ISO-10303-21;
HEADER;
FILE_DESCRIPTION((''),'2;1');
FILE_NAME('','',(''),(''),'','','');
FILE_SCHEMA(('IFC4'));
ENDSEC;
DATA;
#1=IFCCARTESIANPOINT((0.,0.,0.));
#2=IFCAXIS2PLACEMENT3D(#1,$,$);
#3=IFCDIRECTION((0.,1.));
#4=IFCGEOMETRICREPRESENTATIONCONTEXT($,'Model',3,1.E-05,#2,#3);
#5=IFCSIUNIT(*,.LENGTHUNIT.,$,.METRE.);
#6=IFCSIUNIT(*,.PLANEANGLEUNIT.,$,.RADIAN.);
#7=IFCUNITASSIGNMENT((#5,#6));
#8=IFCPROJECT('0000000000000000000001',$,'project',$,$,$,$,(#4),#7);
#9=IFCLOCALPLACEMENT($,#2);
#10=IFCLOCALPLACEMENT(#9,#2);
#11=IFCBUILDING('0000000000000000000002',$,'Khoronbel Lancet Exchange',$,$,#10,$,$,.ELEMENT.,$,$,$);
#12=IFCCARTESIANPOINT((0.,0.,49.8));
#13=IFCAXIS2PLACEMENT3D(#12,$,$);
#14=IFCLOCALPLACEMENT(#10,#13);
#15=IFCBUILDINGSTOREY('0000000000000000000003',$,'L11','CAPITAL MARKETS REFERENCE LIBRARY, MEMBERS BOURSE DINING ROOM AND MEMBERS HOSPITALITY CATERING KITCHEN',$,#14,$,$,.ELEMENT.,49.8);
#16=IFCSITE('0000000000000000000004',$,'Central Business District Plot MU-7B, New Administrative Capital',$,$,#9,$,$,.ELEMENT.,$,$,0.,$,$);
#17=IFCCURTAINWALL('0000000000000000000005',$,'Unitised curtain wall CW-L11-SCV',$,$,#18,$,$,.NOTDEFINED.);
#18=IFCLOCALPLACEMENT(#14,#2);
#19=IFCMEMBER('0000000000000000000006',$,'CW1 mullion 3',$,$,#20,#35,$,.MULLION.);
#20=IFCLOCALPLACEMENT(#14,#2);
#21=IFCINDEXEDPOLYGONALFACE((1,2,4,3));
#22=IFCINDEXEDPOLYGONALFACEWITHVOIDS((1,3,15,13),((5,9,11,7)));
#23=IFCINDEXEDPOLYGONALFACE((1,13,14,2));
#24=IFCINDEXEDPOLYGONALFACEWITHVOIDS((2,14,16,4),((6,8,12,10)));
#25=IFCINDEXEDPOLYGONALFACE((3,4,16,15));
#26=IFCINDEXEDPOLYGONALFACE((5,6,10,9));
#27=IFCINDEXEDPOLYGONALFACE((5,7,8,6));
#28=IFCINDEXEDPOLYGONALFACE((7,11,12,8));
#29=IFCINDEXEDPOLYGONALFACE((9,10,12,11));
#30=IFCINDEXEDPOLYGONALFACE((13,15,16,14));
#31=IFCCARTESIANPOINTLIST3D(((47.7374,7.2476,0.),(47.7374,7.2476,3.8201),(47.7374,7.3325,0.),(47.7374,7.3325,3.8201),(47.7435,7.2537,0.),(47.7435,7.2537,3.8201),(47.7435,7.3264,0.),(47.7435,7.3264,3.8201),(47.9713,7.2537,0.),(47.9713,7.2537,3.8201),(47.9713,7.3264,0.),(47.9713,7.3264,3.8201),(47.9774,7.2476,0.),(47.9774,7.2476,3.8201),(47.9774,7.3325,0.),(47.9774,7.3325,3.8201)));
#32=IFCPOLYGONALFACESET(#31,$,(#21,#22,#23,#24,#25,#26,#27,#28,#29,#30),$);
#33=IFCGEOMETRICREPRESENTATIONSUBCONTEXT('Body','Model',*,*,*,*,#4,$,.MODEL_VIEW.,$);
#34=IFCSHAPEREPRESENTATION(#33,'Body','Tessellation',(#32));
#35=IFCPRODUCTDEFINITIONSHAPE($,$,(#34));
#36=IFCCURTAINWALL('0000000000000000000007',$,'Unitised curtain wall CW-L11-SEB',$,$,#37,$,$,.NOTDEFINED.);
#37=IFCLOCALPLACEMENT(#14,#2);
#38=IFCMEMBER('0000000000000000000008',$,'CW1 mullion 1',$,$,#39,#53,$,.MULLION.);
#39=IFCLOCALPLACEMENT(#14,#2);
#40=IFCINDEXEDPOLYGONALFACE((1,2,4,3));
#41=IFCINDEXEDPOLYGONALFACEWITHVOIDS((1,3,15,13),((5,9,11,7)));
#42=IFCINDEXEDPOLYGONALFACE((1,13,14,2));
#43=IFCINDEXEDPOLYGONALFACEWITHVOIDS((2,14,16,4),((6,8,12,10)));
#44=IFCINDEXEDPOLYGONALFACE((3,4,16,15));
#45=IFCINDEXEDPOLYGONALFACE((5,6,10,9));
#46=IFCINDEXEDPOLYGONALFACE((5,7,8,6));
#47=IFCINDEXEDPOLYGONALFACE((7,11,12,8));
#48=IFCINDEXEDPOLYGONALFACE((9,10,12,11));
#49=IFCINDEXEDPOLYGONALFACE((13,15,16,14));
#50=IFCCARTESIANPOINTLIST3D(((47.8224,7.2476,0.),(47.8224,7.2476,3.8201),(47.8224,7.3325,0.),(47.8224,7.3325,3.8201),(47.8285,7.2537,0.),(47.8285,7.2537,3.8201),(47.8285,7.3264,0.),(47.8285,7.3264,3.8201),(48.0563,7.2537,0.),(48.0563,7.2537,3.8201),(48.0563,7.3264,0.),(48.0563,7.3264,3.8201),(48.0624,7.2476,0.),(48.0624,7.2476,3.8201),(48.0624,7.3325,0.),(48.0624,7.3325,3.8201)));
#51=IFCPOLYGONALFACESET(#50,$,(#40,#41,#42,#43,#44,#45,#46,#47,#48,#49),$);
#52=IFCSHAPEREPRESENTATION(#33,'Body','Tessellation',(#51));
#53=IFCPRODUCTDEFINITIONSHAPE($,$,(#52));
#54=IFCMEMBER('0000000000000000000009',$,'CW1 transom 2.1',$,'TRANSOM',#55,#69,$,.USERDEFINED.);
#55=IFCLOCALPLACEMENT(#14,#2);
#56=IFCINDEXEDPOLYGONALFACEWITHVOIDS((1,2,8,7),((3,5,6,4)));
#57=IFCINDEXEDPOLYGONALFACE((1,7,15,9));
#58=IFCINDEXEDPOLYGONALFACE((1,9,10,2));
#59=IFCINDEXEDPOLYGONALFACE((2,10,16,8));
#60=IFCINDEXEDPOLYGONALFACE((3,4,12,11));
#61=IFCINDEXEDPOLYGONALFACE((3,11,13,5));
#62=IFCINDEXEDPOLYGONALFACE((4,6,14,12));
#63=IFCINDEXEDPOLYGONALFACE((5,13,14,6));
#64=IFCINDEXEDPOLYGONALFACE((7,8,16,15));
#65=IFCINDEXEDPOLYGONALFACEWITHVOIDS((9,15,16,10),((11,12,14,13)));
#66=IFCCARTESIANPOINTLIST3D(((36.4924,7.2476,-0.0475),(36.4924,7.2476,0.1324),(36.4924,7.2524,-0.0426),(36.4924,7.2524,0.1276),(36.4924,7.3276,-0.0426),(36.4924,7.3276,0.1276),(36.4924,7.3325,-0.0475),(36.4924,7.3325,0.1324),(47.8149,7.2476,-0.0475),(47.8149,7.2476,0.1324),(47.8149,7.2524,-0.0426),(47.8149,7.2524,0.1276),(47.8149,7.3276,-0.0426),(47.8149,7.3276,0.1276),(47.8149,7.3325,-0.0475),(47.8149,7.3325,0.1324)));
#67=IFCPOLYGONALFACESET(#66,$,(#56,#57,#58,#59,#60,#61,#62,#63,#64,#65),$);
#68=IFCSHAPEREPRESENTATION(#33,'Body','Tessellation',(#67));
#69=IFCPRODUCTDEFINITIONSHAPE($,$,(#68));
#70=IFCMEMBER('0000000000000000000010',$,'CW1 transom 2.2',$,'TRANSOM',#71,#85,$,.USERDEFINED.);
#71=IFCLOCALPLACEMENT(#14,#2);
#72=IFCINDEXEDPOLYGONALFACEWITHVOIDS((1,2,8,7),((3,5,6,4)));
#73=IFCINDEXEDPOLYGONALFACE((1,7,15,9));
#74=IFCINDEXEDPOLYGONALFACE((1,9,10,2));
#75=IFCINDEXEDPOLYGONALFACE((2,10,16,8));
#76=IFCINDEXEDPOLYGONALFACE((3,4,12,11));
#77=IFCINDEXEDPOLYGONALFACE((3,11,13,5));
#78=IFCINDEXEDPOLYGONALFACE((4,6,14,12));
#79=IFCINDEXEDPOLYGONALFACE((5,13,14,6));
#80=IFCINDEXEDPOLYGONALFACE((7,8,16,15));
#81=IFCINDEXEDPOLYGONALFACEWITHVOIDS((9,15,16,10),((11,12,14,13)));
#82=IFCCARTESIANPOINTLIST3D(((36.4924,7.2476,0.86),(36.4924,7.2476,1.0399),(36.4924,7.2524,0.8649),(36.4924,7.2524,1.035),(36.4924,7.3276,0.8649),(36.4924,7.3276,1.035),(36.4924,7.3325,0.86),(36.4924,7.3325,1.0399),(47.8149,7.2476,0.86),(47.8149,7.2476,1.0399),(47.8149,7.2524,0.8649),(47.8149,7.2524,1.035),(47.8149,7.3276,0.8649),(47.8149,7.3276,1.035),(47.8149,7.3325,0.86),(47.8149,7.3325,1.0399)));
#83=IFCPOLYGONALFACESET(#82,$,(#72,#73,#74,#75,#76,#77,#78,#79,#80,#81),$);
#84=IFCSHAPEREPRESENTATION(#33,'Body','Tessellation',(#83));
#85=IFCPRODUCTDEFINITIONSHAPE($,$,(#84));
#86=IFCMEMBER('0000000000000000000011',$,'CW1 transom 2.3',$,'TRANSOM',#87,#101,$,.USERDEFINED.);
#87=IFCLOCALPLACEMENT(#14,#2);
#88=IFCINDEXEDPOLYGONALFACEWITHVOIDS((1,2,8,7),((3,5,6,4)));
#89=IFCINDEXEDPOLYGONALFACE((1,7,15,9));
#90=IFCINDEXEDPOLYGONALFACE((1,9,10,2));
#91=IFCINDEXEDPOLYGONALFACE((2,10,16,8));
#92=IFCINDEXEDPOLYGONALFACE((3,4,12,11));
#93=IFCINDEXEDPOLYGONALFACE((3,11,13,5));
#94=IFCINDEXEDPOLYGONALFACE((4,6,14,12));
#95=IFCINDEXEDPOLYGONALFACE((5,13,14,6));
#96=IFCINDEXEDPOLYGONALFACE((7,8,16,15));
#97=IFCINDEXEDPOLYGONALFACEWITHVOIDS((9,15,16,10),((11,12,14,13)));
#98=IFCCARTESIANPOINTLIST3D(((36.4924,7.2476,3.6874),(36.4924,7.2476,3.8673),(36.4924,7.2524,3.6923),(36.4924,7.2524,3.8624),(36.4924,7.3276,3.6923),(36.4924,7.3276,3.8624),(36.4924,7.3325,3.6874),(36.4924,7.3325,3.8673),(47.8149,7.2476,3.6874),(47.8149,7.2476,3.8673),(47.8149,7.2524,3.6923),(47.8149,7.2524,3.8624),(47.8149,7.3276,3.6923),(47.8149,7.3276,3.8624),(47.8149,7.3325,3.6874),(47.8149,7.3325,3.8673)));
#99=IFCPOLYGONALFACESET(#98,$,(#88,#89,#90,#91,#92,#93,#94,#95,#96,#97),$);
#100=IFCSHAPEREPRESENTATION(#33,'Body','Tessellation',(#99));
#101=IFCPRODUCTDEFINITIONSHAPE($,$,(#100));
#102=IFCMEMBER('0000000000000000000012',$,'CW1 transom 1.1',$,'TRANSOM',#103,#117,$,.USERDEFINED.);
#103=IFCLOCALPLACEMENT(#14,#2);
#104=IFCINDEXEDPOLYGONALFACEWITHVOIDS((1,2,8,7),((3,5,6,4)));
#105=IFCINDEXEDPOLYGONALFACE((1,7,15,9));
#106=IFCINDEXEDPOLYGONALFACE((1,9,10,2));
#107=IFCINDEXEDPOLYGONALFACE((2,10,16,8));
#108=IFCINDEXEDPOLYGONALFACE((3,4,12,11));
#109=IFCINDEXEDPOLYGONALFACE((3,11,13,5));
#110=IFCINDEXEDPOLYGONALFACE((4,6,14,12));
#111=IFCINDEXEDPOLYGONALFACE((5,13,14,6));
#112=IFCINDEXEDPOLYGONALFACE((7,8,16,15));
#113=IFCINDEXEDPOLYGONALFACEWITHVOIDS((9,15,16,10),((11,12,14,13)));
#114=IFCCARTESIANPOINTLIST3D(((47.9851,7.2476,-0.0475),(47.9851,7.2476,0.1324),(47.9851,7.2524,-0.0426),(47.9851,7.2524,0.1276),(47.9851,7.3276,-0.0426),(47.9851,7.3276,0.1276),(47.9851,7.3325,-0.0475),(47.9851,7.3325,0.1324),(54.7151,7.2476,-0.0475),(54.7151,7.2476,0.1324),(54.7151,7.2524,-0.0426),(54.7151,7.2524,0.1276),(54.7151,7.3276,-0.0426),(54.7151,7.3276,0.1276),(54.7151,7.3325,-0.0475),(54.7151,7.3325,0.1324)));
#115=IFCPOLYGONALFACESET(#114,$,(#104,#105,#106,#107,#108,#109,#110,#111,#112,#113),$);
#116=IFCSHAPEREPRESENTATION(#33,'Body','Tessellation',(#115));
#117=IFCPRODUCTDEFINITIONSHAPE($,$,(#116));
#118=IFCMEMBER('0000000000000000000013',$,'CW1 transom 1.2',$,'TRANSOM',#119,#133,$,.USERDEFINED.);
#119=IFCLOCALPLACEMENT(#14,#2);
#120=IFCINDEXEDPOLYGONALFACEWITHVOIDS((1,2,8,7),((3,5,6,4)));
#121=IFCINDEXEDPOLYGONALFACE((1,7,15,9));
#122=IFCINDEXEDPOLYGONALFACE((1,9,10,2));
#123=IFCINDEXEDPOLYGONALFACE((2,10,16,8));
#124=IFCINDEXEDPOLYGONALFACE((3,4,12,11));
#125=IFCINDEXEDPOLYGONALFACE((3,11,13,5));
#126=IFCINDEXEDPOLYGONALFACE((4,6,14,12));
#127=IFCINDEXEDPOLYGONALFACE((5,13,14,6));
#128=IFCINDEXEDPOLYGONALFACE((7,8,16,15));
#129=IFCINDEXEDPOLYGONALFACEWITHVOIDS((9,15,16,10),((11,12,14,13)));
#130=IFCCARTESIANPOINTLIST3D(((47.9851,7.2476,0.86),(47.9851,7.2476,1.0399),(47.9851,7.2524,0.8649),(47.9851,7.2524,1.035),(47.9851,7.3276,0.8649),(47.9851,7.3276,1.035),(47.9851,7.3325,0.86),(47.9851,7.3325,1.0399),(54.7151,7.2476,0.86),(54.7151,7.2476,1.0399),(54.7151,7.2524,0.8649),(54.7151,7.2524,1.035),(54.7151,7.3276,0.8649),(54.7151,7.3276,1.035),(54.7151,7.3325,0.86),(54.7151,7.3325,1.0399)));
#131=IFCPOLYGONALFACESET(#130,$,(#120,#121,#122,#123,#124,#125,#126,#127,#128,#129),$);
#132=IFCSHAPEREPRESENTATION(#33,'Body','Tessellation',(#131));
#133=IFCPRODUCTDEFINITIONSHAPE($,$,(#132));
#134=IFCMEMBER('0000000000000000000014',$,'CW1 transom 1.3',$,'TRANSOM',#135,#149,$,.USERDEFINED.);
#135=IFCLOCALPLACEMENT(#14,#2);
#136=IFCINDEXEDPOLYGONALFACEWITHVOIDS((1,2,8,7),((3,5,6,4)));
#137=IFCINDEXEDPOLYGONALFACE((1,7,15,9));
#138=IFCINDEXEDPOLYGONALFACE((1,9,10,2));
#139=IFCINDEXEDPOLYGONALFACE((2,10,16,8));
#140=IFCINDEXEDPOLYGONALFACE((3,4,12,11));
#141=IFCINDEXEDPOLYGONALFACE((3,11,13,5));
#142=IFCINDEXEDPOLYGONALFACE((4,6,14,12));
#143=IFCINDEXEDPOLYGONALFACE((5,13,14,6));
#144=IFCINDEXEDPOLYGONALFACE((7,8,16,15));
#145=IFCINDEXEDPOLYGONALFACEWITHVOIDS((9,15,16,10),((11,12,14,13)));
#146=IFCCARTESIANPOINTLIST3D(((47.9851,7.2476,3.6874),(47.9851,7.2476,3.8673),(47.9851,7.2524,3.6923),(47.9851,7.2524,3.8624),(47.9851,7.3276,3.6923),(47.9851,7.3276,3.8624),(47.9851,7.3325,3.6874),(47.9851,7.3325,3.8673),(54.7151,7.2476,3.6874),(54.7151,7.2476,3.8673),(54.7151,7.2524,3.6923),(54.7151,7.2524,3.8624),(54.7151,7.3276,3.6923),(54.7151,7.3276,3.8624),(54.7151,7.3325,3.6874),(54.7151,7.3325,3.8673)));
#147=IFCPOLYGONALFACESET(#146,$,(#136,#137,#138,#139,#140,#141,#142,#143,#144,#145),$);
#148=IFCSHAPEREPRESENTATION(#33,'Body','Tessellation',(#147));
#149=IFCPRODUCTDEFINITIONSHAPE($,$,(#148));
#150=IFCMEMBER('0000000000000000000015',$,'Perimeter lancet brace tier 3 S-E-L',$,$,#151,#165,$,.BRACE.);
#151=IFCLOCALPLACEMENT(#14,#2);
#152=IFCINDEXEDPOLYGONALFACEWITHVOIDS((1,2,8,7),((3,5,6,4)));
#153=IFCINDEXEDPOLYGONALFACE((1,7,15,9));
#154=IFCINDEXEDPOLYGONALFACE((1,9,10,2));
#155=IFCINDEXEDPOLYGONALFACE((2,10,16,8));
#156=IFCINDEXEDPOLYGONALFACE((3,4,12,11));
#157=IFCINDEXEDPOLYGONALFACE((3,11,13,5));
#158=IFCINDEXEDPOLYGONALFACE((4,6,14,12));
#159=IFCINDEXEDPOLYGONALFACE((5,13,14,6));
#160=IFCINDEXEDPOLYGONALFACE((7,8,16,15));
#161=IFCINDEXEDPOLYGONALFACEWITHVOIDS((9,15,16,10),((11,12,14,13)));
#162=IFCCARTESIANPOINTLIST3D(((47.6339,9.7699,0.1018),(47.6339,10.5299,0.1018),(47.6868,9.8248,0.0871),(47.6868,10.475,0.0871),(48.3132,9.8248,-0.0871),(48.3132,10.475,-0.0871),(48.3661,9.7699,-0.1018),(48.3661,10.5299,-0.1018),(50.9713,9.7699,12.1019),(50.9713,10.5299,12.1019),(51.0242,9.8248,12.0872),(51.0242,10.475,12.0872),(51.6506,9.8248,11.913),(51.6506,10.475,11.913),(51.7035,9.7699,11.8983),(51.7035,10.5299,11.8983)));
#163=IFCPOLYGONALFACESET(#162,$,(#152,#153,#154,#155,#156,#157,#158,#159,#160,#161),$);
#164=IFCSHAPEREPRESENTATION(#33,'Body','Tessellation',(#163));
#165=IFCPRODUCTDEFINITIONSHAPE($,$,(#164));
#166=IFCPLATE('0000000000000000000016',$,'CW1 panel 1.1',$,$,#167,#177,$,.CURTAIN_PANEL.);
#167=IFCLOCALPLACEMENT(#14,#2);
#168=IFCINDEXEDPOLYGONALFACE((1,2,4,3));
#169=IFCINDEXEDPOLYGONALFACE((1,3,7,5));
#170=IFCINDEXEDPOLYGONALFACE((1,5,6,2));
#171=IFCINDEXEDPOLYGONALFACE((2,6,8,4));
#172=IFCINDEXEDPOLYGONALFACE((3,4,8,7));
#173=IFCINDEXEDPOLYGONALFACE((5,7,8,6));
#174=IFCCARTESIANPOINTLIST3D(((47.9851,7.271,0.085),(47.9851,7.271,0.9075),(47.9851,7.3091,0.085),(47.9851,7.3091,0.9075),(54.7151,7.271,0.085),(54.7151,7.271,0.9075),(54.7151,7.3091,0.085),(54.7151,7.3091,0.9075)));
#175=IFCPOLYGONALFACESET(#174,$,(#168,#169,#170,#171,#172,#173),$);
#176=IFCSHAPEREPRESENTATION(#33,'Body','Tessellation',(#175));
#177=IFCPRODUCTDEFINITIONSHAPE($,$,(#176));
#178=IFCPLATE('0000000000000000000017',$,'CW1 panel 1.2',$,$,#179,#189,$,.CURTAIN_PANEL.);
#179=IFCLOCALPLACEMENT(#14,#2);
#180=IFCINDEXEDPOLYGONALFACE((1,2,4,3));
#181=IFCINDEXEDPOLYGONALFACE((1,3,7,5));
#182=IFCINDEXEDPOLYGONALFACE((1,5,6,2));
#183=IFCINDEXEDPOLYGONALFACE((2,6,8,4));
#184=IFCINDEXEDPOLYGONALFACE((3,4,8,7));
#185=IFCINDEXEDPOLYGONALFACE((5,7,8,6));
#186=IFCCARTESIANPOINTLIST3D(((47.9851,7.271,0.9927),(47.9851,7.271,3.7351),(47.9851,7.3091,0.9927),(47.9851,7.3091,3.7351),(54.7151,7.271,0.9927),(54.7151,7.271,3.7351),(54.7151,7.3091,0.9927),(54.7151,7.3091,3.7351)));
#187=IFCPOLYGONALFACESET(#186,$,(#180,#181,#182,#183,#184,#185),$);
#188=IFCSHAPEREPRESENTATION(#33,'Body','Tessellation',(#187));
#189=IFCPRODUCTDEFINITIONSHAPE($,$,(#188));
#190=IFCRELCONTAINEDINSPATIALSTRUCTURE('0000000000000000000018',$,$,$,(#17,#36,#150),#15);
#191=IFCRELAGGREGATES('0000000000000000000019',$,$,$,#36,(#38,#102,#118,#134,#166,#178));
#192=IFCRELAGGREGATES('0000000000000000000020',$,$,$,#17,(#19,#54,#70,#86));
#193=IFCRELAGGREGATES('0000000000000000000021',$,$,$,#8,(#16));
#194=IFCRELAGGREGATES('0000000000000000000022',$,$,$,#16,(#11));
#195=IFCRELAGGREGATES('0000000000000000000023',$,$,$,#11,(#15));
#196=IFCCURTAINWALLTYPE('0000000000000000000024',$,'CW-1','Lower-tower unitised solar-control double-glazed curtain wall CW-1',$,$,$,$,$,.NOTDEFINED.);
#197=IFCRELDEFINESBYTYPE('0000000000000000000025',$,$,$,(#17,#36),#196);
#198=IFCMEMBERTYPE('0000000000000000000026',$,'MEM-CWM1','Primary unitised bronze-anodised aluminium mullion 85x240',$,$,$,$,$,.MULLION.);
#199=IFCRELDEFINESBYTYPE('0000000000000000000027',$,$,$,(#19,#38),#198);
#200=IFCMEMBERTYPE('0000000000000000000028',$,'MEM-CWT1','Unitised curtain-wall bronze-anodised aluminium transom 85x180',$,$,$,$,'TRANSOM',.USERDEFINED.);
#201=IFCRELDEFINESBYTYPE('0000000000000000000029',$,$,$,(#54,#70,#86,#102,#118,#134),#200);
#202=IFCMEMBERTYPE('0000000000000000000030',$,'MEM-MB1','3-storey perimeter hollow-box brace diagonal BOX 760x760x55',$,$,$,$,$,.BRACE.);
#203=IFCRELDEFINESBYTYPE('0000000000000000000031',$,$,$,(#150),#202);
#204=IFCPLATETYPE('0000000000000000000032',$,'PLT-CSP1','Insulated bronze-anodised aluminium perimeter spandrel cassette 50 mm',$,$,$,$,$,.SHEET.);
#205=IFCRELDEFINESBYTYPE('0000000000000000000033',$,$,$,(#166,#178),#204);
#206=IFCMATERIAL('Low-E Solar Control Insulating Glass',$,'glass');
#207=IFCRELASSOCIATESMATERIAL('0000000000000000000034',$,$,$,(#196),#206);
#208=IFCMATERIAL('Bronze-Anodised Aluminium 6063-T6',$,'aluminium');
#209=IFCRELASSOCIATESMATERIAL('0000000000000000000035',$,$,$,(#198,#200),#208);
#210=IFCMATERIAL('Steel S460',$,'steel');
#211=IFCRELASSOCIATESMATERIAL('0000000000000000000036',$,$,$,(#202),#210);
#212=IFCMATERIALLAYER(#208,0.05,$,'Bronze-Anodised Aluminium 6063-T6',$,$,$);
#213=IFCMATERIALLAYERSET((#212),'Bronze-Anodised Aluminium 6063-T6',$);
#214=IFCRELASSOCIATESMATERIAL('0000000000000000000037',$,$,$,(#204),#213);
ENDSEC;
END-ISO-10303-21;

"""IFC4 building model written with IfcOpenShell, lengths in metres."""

from ifc_helpers import new_model, si_unit, direction, frame, origin, origin_2d, place, context, subcontext, project, spatial, rectangle, hollow_rectangle, extrude, material, layer, layer_set, material_profile, profile_set, type_object, element, aggregate, save


model = new_model("IFC4")

# Units and contexts
model_context = context("Model", 3, precision=1e-05, world=origin(), true_north=direction((0.0, 1.0)))
body_context = subcontext(model_context, "Body", "Model", "MODEL_VIEW")
ifc_project = project(units=[si_unit("LENGTHUNIT", "METRE"), si_unit("PLANEANGLEUNIT", "RADIAN")], contexts=[model_context])

# Site, building, storey
site_placement = place(None, origin())
site = spatial("IfcSite", under=ifc_project, at=site_placement, Name="Central Business District Plot MU-7B, New Administrative Capital", CompositionType="ELEMENT", RefElevation=0.0)
building_placement = place(site_placement, origin())
building = spatial("IfcBuilding", under=site, at=building_placement, Name="Khoronbel Lancet Exchange", CompositionType="ELEMENT")
storey_placement = place(building_placement, frame((0.0, 0.0, 49.8)))
storey = spatial("IfcBuildingStorey", under=building, at=storey_placement, Name="L11", Description="CAPITAL MARKETS REFERENCE LIBRARY, MEMBERS BOURSE DINING ROOM AND MEMBERS HOSPITALITY CATERING KITCHEN", CompositionType="ELEMENT", Elevation=49.8)

# Shared definitions
ifc_material_1 = material(Name="Steel S460", Category="steel")

# Curtain wall, member
ifc_material_2 = material(Name="Low-E Solar Control Insulating Glass", Category="glass")
curtain_wall_type = type_object("IfcCurtainWallType", Name="CW-1", Description="Lower-tower unitised solar-control double-glazed curtain wall CW-1", PredefinedType="NOTDEFINED", material=ifc_material_2)
curtain_wall_1_placement = place(storey_placement, origin())
curtain_wall_1 = element("IfcCurtainWall", 1, at=curtain_wall_1_placement, inside=storey, type_object=curtain_wall_type, Name="Unitised curtain wall CW-L11-SCV", PredefinedType="NOTDEFINED")
ifc_material_3 = material(Name="Bronze-Anodised Aluminium 6063-T6", Category="aluminium")
ifc_material_profile_1 = material_profile(ifc_material_3, hollow_rectangle(XDim=0.085, YDim=0.24, WallThickness=0.0061, at=origin_2d()), Name="ALU MULLION 85x240")
ifc_profile_set_1 = profile_set([ifc_material_profile_1], Name="Bronze-Anodised Aluminium 6063-T6")
member_type_1 = type_object("IfcMemberType", Name="MEM-CWM1", Description="Primary unitised bronze-anodised aluminium mullion 85x240", PredefinedType="MULLION", material=ifc_profile_set_1)
member_1_placement = place(storey_placement, frame((47.8574, 7.29, 0.0), z_axis=(0.0, 0.0, 1.0), x_axis=(0.0, 1.0, 0.0)))
member_1 = element("IfcMember", 2, at=member_1_placement, type_object=member_type_1, Name="CW1 mullion 3", PredefinedType="MULLION", context=body_context, shape_type="SweptSolid", body=[
    extrude(hollow_rectangle(XDim=0.085, YDim=0.24, WallThickness=0.0061, at=origin_2d()), origin(), (0.0, 0.0, 1.0), 3.8201),
])

# Curtain wall, member
curtain_wall_2_placement = place(storey_placement, origin())
curtain_wall_2 = element("IfcCurtainWall", 3, at=curtain_wall_2_placement, inside=storey, type_object=curtain_wall_type, Name="Unitised curtain wall CW-L11-SEB", PredefinedType="NOTDEFINED")
member_2_placement = place(storey_placement, frame((47.9424, 7.29, 0.0), z_axis=(0.0, 0.0, 1.0), x_axis=(0.0, 1.0, 0.0)))
member_2 = element("IfcMember", 4, at=member_2_placement, type_object=member_type_1, Name="CW1 mullion 1", PredefinedType="MULLION", context=body_context, shape_type="SweptSolid", body=[
    extrude(hollow_rectangle(XDim=0.085, YDim=0.24, WallThickness=0.0061, at=origin_2d()), origin(), (0.0, 0.0, 1.0), 3.8201),
])

# Members
ifc_material_profile_2 = material_profile(ifc_material_3, hollow_rectangle(XDim=0.085, YDim=0.1799, WallThickness=0.0049, at=origin_2d()), Name="ALU TRANSOM 85x180")
ifc_profile_set_2 = profile_set([ifc_material_profile_2], Name="Bronze-Anodised Aluminium 6063-T6")
member_type_2 = type_object("IfcMemberType", Name="MEM-CWT1", Description="Unitised curtain-wall bronze-anodised aluminium transom 85x180", ElementType="TRANSOM", PredefinedType="USERDEFINED", material=ifc_profile_set_2)
member_3_placement = place(storey_placement, frame((36.4924, 7.29, 0.0425), z_axis=(1.0, 0.0, 0.0), x_axis=(0.0, 1.0, 0.0)))
member_3 = element("IfcMember", 5, at=member_3_placement, type_object=member_type_2, Name="CW1 transom 2.1", ObjectType="TRANSOM", PredefinedType="USERDEFINED", context=body_context, shape_type="SweptSolid", body=[
    extrude(hollow_rectangle(XDim=0.085, YDim=0.1799, WallThickness=0.0049, at=origin_2d()), origin(), (0.0, 0.0, 1.0), 11.3225),
])
member_4_placement = place(storey_placement, frame((36.4924, 7.29, 0.95), z_axis=(1.0, 0.0, 0.0), x_axis=(0.0, 1.0, 0.0)))
member_4 = element("IfcMember", 6, at=member_4_placement, type_object=member_type_2, Name="CW1 transom 2.2", ObjectType="TRANSOM", PredefinedType="USERDEFINED", context=body_context, shape_type="SweptSolid", body=[
    extrude(hollow_rectangle(XDim=0.085, YDim=0.1799, WallThickness=0.0049, at=origin_2d()), origin(), (0.0, 0.0, 1.0), 11.3225),
])
member_5_placement = place(storey_placement, frame((36.4924, 7.29, 3.7773), z_axis=(1.0, 0.0, 0.0), x_axis=(0.0, 1.0, 0.0)))
member_5 = element("IfcMember", 7, at=member_5_placement, type_object=member_type_2, Name="CW1 transom 2.3", ObjectType="TRANSOM", PredefinedType="USERDEFINED", context=body_context, shape_type="SweptSolid", body=[
    extrude(hollow_rectangle(XDim=0.085, YDim=0.1799, WallThickness=0.0049, at=origin_2d()), origin(), (0.0, 0.0, 1.0), 11.3225),
])
member_6_placement = place(storey_placement, frame((47.9851, 7.29, 0.0425), z_axis=(1.0, 0.0, 0.0), x_axis=(0.0, 1.0, 0.0)))
member_6 = element("IfcMember", 8, at=member_6_placement, type_object=member_type_2, Name="CW1 transom 1.1", ObjectType="TRANSOM", PredefinedType="USERDEFINED", context=body_context, shape_type="SweptSolid", body=[
    extrude(hollow_rectangle(XDim=0.085, YDim=0.1799, WallThickness=0.0049, at=origin_2d()), origin(), (0.0, 0.0, 1.0), 6.73),
])
member_7_placement = place(storey_placement, frame((47.9851, 7.29, 0.95), z_axis=(1.0, 0.0, 0.0), x_axis=(0.0, 1.0, 0.0)))
member_7 = element("IfcMember", 9, at=member_7_placement, type_object=member_type_2, Name="CW1 transom 1.2", ObjectType="TRANSOM", PredefinedType="USERDEFINED", context=body_context, shape_type="SweptSolid", body=[
    extrude(hollow_rectangle(XDim=0.085, YDim=0.1799, WallThickness=0.0049, at=origin_2d()), origin(), (0.0, 0.0, 1.0), 6.73),
])
member_8_placement = place(storey_placement, frame((47.9851, 7.29, 3.7773), z_axis=(1.0, 0.0, 0.0), x_axis=(0.0, 1.0, 0.0)))
member_8 = element("IfcMember", 10, at=member_8_placement, type_object=member_type_2, Name="CW1 transom 1.3", ObjectType="TRANSOM", PredefinedType="USERDEFINED", context=body_context, shape_type="SweptSolid", body=[
    extrude(hollow_rectangle(XDim=0.085, YDim=0.1799, WallThickness=0.0049, at=origin_2d()), origin(), (0.0, 0.0, 1.0), 6.73),
])
ifc_material_profile_3 = material_profile(ifc_material_1, hollow_rectangle(XDim=0.76, YDim=0.76, WallThickness=0.0549, at=origin_2d()), Name="BOX 760x760x55")
ifc_profile_set_3 = profile_set([ifc_material_profile_3], Name="Steel S460")
member_type_3 = type_object("IfcMemberType", Name="MEM-MB1", Description="3-storey perimeter hollow-box brace diagonal BOX 760x760x55", PredefinedType="BRACE", material=ifc_profile_set_3)
member_9_placement = place(storey_placement, frame((48.0, 10.1499, 0.0), z_axis=(0.267947, 0.0, 0.963434), x_axis=(0.0, 1.0, 0.0)))
element("IfcMember", 11, at=member_9_placement, inside=storey, type_object=member_type_3, Name="Perimeter lancet brace tier 3 S-E-L", PredefinedType="BRACE", context=body_context, shape_type="SweptSolid", body=[
    extrude(hollow_rectangle(XDim=0.76, YDim=0.76, WallThickness=0.0549, at=origin_2d()), origin(), (0.0, 0.0, 1.0), 12.4556),
])

# Plates
ifc_layer_1 = layer(ifc_material_3, 0.05, Name="Bronze-Anodised Aluminium 6063-T6")
ifc_layer_set_1 = layer_set([ifc_layer_1], Name="Bronze-Anodised Aluminium 6063-T6")
plate_type_1 = type_object("IfcPlateType", Name="PLT-CSP1", Description="Insulated bronze-anodised aluminium perimeter spandrel cassette 50 mm", PredefinedType="SHEET", material=ifc_layer_set_1)
plate_1_placement = place(storey_placement, frame((51.3501, 7.29, 0.085), z_axis=(0.0, 0.0, 1.0), x_axis=(1.0, 0.0, 0.0)))
plate_1 = element("IfcPlate", 12, at=plate_1_placement, type_object=plate_type_1, Name="CW1 panel 1.1", PredefinedType="CURTAIN_PANEL", context=body_context, shape_type="SweptSolid", body=[
    extrude(rectangle(XDim=6.73, YDim=0.0381, at=origin_2d()), origin(), (0.0, 0.0, 1.0), 0.8225),
])
plate_2_placement = place(storey_placement, frame((51.3501, 7.29, 0.9927), z_axis=(0.0, 0.0, 1.0), x_axis=(1.0, 0.0, 0.0)))
plate_2 = element("IfcPlate", 13, at=plate_2_placement, type_object=plate_type_1, Name="CW1 panel 1.2", PredefinedType="CURTAIN_PANEL", context=body_context, shape_type="SweptSolid", body=[
    extrude(rectangle(XDim=6.73, YDim=0.0381, at=origin_2d()), origin(), (0.0, 0.0, 1.0), 2.7424),
])
aggregate(curtain_wall_2, [member_2, member_6, member_7, member_8, plate_1, plate_2])
aggregate(curtain_wall_1, [member_1, member_3, member_4, member_5])

save(model, "model.ifc")
